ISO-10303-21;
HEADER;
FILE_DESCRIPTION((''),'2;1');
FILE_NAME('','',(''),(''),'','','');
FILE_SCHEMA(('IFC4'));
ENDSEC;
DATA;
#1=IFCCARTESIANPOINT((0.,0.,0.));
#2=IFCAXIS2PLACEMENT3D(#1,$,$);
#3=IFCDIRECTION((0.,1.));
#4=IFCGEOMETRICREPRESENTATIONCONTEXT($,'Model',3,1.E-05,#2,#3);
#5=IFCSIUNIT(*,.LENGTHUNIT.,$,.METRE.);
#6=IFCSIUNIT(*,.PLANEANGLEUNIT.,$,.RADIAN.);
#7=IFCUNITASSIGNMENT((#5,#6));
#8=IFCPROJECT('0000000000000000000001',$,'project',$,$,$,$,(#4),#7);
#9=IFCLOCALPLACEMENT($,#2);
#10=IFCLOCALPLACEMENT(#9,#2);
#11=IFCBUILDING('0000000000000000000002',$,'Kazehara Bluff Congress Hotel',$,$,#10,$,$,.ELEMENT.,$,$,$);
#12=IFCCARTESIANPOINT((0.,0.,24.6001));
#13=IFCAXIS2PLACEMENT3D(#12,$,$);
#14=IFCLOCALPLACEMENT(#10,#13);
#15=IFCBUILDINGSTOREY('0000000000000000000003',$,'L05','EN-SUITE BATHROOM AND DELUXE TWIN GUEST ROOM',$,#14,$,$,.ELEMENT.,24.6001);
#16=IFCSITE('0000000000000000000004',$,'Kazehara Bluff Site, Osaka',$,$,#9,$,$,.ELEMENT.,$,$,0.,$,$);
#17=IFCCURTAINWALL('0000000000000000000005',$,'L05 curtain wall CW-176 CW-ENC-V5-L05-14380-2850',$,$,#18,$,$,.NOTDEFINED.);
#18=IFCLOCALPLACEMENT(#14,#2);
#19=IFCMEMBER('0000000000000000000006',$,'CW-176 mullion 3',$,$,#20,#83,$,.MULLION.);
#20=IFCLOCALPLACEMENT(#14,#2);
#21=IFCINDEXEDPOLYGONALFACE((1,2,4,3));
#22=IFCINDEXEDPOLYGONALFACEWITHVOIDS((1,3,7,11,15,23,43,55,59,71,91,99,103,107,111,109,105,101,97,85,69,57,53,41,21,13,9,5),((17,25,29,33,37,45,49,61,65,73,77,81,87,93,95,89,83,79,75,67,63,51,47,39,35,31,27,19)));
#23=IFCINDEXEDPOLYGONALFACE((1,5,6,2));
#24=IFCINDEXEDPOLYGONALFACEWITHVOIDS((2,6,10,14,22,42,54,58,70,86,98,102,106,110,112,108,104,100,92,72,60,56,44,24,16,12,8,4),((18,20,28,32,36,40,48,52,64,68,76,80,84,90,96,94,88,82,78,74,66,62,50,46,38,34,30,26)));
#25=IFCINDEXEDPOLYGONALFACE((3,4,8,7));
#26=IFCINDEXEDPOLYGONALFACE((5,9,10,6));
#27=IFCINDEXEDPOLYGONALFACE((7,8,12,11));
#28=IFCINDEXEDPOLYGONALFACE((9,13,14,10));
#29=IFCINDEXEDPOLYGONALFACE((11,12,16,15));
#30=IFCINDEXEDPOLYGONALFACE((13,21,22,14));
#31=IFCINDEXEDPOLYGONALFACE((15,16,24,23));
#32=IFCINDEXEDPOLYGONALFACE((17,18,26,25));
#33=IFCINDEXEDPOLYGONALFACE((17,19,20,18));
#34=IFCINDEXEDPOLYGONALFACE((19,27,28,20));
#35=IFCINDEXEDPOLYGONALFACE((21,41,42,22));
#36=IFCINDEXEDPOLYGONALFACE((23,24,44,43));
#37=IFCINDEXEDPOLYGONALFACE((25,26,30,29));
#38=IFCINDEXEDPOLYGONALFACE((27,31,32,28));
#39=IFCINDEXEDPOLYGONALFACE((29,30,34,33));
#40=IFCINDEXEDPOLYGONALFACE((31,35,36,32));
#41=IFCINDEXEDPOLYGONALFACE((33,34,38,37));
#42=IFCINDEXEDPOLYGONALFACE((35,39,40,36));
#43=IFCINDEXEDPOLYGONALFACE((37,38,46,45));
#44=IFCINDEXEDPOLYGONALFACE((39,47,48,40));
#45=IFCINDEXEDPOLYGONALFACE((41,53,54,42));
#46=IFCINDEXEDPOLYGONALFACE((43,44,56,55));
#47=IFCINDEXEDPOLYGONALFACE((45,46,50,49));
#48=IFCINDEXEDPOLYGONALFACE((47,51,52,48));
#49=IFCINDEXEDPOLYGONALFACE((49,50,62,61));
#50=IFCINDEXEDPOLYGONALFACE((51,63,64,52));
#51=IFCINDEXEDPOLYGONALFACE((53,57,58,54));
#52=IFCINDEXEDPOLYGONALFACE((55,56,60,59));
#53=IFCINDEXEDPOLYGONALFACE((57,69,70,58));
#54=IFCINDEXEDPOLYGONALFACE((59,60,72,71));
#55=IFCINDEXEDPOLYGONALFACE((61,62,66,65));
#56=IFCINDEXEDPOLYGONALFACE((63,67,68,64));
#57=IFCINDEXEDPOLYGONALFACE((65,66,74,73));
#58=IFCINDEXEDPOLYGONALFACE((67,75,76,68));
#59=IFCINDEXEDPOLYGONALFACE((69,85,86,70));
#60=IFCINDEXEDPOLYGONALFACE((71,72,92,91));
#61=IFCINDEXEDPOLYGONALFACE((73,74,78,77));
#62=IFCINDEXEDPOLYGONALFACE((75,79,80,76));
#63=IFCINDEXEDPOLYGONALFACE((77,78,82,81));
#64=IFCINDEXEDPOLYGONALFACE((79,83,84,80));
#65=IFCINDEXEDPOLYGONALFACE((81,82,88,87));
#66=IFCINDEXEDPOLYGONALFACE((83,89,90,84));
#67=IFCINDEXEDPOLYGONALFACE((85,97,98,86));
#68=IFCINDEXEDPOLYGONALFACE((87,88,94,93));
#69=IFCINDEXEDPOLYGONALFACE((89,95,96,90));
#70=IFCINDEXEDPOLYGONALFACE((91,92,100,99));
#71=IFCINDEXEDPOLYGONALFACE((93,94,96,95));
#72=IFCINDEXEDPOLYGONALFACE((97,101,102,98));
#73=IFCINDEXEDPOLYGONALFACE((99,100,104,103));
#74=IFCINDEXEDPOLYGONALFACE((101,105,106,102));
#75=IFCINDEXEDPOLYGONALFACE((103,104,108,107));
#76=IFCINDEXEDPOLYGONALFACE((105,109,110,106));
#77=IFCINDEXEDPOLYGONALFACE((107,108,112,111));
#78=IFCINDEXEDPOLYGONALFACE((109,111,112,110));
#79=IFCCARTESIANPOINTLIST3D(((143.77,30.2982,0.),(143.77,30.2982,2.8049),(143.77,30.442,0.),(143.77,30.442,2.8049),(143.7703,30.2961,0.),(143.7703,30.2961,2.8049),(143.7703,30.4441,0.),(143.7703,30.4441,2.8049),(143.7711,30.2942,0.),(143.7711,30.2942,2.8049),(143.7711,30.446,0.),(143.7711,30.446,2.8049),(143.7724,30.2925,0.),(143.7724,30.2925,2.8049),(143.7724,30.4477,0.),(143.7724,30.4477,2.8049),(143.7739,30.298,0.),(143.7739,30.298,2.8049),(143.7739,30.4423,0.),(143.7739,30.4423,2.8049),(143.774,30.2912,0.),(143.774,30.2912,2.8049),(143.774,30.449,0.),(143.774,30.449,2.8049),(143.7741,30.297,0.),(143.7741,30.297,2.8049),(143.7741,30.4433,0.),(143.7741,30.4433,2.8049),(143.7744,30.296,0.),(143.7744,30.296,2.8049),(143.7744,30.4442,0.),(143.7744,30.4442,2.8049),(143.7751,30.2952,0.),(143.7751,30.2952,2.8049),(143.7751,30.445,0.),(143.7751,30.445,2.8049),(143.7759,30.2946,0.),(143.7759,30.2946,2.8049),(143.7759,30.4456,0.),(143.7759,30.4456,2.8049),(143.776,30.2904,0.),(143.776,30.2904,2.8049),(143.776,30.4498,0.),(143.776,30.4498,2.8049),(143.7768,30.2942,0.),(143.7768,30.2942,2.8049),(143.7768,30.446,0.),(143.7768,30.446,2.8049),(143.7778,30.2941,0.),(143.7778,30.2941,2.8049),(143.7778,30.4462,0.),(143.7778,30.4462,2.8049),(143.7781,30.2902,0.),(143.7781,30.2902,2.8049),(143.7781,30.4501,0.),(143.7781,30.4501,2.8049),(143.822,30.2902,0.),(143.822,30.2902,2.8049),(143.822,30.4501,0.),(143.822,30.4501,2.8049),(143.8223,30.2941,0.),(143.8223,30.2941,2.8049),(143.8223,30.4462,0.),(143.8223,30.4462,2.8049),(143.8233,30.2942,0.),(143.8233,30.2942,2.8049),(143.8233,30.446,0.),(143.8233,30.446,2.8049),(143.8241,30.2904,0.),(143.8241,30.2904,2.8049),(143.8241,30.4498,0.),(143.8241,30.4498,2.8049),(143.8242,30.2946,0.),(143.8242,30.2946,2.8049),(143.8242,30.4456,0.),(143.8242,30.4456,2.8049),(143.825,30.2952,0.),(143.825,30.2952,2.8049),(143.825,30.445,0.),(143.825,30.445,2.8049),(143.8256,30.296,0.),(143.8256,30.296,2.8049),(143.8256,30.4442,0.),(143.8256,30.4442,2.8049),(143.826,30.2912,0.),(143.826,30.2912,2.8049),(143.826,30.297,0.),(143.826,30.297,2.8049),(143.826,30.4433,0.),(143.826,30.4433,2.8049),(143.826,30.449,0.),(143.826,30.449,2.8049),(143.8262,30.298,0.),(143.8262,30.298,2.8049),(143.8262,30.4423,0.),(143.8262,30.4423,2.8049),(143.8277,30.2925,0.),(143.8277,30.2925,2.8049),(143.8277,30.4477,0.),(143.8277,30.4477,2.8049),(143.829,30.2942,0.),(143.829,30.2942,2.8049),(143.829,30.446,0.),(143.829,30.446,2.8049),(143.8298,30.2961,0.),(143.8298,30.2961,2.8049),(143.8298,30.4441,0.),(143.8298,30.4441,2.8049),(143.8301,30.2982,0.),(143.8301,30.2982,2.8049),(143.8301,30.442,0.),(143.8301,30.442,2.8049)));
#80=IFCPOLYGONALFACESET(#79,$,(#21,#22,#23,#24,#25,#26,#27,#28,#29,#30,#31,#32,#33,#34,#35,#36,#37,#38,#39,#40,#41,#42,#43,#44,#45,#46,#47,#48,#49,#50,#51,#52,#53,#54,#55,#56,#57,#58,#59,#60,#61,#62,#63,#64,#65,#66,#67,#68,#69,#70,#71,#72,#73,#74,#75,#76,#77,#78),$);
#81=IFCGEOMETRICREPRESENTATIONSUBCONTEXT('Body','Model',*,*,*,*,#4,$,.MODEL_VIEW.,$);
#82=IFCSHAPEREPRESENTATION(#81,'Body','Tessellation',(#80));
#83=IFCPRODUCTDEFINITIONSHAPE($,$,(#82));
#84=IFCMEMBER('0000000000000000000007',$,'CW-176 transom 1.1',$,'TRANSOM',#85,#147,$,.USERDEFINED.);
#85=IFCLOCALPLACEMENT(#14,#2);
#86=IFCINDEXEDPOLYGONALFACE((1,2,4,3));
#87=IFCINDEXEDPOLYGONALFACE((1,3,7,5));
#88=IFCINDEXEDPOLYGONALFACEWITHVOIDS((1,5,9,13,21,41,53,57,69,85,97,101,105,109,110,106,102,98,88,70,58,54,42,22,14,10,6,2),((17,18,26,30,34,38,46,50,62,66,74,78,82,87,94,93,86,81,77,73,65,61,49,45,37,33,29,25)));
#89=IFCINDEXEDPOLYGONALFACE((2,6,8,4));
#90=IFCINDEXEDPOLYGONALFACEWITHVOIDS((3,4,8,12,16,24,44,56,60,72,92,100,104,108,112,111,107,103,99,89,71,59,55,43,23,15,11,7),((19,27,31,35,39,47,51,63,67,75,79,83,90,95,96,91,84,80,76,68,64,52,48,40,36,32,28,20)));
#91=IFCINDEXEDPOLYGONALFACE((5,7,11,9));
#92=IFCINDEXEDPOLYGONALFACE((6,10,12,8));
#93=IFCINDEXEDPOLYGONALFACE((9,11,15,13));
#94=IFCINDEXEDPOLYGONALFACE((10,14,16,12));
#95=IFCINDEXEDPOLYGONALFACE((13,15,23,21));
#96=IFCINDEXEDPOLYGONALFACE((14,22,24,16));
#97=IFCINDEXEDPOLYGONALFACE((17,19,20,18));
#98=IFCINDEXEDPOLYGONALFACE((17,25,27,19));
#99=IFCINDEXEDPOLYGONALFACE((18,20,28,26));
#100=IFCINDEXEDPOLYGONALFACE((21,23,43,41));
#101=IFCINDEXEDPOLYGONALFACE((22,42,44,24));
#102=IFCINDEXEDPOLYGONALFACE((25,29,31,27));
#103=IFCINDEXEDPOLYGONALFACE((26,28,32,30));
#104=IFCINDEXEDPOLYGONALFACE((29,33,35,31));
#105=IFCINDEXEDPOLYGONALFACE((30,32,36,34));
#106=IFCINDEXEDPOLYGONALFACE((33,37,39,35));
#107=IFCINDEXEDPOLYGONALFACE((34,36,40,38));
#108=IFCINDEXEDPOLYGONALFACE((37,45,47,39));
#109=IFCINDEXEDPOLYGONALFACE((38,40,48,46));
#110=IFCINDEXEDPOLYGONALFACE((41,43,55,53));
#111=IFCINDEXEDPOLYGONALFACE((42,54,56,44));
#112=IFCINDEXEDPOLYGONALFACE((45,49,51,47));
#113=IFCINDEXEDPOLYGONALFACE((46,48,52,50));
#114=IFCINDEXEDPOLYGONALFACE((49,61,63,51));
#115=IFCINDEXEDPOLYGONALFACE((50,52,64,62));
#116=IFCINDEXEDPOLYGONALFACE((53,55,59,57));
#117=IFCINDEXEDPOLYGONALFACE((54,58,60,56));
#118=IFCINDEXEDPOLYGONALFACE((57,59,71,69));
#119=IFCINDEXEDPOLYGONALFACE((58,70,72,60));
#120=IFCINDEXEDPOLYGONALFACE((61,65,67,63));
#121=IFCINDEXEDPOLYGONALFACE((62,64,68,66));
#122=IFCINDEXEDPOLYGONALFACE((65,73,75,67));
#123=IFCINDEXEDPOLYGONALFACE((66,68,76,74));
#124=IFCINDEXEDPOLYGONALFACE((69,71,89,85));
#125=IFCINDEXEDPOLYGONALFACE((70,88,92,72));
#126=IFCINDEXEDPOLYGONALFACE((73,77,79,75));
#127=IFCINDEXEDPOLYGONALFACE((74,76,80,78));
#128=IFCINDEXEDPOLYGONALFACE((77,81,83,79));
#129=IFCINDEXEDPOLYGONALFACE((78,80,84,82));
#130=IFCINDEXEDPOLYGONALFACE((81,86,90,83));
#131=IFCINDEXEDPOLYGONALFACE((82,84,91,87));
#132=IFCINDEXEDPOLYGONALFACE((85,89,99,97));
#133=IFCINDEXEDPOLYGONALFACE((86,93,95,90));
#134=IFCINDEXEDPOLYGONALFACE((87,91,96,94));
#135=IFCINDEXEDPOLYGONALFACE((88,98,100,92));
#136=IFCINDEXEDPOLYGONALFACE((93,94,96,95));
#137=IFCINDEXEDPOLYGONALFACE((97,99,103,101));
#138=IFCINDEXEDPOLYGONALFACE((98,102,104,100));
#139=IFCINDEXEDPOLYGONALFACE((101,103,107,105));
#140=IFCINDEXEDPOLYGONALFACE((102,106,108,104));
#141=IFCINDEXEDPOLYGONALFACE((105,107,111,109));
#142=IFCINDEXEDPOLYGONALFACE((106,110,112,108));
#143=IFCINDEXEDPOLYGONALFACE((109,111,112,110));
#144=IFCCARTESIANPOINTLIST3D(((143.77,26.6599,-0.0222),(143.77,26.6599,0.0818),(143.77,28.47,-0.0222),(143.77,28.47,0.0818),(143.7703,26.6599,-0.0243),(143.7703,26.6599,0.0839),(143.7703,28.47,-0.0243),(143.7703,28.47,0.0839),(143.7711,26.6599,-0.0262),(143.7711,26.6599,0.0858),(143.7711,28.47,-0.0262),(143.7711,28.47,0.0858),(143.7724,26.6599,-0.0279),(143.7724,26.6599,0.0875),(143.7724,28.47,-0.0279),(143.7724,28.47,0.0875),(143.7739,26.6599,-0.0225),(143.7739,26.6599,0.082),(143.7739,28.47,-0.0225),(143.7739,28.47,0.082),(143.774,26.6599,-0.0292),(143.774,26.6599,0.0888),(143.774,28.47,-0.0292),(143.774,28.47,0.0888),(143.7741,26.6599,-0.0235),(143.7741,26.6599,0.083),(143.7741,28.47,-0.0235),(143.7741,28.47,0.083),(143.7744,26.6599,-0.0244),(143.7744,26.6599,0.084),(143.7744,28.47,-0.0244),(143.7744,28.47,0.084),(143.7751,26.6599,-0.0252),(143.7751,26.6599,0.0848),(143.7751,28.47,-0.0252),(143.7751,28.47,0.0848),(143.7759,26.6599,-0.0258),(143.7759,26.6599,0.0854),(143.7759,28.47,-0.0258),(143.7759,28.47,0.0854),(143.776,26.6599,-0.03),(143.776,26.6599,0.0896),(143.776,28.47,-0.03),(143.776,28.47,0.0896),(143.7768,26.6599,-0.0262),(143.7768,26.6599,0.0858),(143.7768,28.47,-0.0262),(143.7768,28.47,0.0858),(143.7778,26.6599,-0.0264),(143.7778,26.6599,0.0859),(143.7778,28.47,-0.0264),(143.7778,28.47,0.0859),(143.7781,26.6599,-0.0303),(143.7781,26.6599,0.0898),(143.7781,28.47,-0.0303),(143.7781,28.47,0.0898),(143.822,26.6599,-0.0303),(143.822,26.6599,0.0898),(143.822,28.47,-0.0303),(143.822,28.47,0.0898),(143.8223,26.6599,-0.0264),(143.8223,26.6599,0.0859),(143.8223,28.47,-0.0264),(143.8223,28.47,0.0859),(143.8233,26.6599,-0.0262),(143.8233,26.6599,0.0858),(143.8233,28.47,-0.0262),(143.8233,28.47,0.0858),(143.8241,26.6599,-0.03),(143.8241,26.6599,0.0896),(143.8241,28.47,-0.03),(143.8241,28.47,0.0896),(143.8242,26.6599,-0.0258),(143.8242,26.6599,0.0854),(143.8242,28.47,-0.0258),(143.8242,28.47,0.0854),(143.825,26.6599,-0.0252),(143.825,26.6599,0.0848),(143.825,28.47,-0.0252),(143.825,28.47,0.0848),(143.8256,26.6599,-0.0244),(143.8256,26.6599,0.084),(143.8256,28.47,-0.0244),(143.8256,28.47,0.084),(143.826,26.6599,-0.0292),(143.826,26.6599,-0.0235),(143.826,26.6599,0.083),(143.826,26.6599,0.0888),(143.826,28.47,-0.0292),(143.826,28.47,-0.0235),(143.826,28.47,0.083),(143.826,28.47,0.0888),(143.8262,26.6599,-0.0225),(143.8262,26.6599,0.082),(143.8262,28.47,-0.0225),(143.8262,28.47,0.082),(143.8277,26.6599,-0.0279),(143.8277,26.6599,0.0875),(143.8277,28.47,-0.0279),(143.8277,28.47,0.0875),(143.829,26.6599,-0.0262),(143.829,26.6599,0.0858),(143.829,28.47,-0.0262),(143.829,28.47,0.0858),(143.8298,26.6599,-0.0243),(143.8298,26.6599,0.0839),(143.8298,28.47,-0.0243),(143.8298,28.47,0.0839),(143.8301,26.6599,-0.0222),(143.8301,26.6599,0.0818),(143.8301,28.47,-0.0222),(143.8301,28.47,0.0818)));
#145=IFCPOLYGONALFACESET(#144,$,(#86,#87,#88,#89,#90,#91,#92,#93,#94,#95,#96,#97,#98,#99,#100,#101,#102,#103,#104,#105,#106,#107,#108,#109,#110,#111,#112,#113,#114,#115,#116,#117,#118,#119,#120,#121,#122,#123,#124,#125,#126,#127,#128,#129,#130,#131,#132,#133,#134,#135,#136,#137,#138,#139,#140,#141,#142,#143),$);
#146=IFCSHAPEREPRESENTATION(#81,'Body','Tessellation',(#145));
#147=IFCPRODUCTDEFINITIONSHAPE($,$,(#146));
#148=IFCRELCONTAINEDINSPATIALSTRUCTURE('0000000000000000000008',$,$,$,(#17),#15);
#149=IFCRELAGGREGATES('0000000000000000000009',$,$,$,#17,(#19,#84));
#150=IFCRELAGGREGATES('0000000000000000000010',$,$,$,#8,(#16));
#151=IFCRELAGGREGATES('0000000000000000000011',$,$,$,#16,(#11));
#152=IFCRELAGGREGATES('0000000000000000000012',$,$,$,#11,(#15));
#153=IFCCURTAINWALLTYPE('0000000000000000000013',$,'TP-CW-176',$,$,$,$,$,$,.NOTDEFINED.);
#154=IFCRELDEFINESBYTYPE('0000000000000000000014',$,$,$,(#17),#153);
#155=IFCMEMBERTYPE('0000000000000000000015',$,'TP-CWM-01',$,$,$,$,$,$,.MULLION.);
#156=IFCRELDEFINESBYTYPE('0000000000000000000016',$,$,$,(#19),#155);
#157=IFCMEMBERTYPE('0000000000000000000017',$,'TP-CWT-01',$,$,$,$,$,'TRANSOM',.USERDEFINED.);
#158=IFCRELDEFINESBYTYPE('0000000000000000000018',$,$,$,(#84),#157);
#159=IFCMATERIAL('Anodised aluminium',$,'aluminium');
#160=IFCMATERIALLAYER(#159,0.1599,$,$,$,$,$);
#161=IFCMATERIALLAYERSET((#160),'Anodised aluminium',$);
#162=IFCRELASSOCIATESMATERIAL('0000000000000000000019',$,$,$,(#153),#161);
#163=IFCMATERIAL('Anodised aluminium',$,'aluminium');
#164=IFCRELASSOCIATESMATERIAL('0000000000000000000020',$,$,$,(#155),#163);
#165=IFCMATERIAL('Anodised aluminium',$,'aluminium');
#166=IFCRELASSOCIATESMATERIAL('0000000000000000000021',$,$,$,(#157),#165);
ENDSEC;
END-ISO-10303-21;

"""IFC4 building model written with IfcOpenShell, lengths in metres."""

from ifc_helpers import new_model, si_unit, direction, frame, origin, origin_2d, place, context, subcontext, project, spatial, hollow_rectangle, extrude, material, layer, layer_set, material_profile, profile_set, type_object, element, aggregate, save


model = new_model("IFC4")

# Units and contexts
model_context = context("Model", 3, precision=1e-05, world=origin(), true_north=direction((0.0, 1.0)))
body_context = subcontext(model_context, "Body", "Model", "MODEL_VIEW")
ifc_project = project(units=[si_unit("LENGTHUNIT", "METRE"), si_unit("PLANEANGLEUNIT", "RADIAN")], contexts=[model_context])

# Site, building, storey
site_placement = place(None, origin())
site = spatial("IfcSite", under=ifc_project, at=site_placement, Name="Kazehara Bluff Site, Osaka", CompositionType="ELEMENT", RefElevation=0.0)
building_placement = place(site_placement, origin())
building = spatial("IfcBuilding", under=site, at=building_placement, Name="Kazehara Bluff Congress Hotel", CompositionType="ELEMENT")
storey_placement = place(building_placement, frame((0.0, 0.0, 24.6001)))
storey = spatial("IfcBuildingStorey", under=building, at=storey_placement, Name="L05", Description="EN-SUITE BATHROOM AND DELUXE TWIN GUEST ROOM", CompositionType="ELEMENT", Elevation=24.6001)

# Curtain wall, members
ifc_material_1 = material(Name="Anodised aluminium", Category="aluminium")
ifc_layer_1 = layer(ifc_material_1, 0.1599)
ifc_layer_set_1 = layer_set([ifc_layer_1], Name="Anodised aluminium")
curtain_wall_type = type_object("IfcCurtainWallType", Name="TP-CW-176", PredefinedType="NOTDEFINED", material=ifc_layer_set_1)
curtain_wall_placement = place(storey_placement, origin())
curtain_wall = element("IfcCurtainWall", 1, at=curtain_wall_placement, inside=storey, type_object=curtain_wall_type, Name="L05 curtain wall CW-176 CW-ENC-V5-L05-14380-2850", PredefinedType="NOTDEFINED")
ifc_material_2 = material(Name="Anodised aluminium", Category="aluminium")
ifc_material_profile_1 = material_profile(ifc_material_2, hollow_rectangle(XDim=0.0601, YDim=0.1599, WallThickness=0.0039, InnerFilletRadius=0.0039, OuterFilletRadius=0.0081, at=origin_2d()))
ifc_profile_set_1 = profile_set([ifc_material_profile_1], Name="Anodised aluminium")
member_type_1 = type_object("IfcMemberType", Name="TP-CWM-01", PredefinedType="MULLION", material=ifc_profile_set_1)
member_1_placement = place(storey_placement, frame((143.8, 30.3701, 0.0), z_axis=(0.0, 0.0, 1.0), x_axis=(-1.0, 0.0, 0.0)))
member_1 = element("IfcMember", 2, at=member_1_placement, type_object=member_type_1, Name="CW-176 mullion 3", PredefinedType="MULLION", context=body_context, shape_type="SweptSolid", body=[
    extrude(hollow_rectangle(XDim=0.0601, YDim=0.1599, WallThickness=0.0039, InnerFilletRadius=0.0039, OuterFilletRadius=0.0081, at=origin_2d()), origin(), (0.0, 0.0, 1.0), 2.8049),
])
ifc_material_3 = material(Name="Anodised aluminium", Category="aluminium")
ifc_material_profile_2 = material_profile(ifc_material_3, hollow_rectangle(XDim=0.0601, YDim=0.1201, WallThickness=0.0039, InnerFilletRadius=0.0039, OuterFilletRadius=0.0081, at=origin_2d()))
ifc_profile_set_2 = profile_set([ifc_material_profile_2], Name="Anodised aluminium")
member_type_2 = type_object("IfcMemberType", Name="TP-CWT-01", ElementType="TRANSOM", PredefinedType="USERDEFINED", material=ifc_profile_set_2)
member_2_placement = place(storey_placement, frame((143.8, 26.6599, 0.0298), z_axis=(0.0, 1.0, 0.0), x_axis=(-1.0, 0.0, 0.0)))
member_2 = element("IfcMember", 3, at=member_2_placement, type_object=member_type_2, Name="CW-176 transom 1.1", ObjectType="TRANSOM", PredefinedType="USERDEFINED", context=body_context, shape_type="SweptSolid", body=[
    extrude(hollow_rectangle(XDim=0.0601, YDim=0.1201, WallThickness=0.0039, InnerFilletRadius=0.0039, OuterFilletRadius=0.0081, at=origin_2d()), origin(), (0.0, 0.0, 1.0), 1.8101),
])
aggregate(curtain_wall, [member_1, member_2])

save(model, "model.ifc")
